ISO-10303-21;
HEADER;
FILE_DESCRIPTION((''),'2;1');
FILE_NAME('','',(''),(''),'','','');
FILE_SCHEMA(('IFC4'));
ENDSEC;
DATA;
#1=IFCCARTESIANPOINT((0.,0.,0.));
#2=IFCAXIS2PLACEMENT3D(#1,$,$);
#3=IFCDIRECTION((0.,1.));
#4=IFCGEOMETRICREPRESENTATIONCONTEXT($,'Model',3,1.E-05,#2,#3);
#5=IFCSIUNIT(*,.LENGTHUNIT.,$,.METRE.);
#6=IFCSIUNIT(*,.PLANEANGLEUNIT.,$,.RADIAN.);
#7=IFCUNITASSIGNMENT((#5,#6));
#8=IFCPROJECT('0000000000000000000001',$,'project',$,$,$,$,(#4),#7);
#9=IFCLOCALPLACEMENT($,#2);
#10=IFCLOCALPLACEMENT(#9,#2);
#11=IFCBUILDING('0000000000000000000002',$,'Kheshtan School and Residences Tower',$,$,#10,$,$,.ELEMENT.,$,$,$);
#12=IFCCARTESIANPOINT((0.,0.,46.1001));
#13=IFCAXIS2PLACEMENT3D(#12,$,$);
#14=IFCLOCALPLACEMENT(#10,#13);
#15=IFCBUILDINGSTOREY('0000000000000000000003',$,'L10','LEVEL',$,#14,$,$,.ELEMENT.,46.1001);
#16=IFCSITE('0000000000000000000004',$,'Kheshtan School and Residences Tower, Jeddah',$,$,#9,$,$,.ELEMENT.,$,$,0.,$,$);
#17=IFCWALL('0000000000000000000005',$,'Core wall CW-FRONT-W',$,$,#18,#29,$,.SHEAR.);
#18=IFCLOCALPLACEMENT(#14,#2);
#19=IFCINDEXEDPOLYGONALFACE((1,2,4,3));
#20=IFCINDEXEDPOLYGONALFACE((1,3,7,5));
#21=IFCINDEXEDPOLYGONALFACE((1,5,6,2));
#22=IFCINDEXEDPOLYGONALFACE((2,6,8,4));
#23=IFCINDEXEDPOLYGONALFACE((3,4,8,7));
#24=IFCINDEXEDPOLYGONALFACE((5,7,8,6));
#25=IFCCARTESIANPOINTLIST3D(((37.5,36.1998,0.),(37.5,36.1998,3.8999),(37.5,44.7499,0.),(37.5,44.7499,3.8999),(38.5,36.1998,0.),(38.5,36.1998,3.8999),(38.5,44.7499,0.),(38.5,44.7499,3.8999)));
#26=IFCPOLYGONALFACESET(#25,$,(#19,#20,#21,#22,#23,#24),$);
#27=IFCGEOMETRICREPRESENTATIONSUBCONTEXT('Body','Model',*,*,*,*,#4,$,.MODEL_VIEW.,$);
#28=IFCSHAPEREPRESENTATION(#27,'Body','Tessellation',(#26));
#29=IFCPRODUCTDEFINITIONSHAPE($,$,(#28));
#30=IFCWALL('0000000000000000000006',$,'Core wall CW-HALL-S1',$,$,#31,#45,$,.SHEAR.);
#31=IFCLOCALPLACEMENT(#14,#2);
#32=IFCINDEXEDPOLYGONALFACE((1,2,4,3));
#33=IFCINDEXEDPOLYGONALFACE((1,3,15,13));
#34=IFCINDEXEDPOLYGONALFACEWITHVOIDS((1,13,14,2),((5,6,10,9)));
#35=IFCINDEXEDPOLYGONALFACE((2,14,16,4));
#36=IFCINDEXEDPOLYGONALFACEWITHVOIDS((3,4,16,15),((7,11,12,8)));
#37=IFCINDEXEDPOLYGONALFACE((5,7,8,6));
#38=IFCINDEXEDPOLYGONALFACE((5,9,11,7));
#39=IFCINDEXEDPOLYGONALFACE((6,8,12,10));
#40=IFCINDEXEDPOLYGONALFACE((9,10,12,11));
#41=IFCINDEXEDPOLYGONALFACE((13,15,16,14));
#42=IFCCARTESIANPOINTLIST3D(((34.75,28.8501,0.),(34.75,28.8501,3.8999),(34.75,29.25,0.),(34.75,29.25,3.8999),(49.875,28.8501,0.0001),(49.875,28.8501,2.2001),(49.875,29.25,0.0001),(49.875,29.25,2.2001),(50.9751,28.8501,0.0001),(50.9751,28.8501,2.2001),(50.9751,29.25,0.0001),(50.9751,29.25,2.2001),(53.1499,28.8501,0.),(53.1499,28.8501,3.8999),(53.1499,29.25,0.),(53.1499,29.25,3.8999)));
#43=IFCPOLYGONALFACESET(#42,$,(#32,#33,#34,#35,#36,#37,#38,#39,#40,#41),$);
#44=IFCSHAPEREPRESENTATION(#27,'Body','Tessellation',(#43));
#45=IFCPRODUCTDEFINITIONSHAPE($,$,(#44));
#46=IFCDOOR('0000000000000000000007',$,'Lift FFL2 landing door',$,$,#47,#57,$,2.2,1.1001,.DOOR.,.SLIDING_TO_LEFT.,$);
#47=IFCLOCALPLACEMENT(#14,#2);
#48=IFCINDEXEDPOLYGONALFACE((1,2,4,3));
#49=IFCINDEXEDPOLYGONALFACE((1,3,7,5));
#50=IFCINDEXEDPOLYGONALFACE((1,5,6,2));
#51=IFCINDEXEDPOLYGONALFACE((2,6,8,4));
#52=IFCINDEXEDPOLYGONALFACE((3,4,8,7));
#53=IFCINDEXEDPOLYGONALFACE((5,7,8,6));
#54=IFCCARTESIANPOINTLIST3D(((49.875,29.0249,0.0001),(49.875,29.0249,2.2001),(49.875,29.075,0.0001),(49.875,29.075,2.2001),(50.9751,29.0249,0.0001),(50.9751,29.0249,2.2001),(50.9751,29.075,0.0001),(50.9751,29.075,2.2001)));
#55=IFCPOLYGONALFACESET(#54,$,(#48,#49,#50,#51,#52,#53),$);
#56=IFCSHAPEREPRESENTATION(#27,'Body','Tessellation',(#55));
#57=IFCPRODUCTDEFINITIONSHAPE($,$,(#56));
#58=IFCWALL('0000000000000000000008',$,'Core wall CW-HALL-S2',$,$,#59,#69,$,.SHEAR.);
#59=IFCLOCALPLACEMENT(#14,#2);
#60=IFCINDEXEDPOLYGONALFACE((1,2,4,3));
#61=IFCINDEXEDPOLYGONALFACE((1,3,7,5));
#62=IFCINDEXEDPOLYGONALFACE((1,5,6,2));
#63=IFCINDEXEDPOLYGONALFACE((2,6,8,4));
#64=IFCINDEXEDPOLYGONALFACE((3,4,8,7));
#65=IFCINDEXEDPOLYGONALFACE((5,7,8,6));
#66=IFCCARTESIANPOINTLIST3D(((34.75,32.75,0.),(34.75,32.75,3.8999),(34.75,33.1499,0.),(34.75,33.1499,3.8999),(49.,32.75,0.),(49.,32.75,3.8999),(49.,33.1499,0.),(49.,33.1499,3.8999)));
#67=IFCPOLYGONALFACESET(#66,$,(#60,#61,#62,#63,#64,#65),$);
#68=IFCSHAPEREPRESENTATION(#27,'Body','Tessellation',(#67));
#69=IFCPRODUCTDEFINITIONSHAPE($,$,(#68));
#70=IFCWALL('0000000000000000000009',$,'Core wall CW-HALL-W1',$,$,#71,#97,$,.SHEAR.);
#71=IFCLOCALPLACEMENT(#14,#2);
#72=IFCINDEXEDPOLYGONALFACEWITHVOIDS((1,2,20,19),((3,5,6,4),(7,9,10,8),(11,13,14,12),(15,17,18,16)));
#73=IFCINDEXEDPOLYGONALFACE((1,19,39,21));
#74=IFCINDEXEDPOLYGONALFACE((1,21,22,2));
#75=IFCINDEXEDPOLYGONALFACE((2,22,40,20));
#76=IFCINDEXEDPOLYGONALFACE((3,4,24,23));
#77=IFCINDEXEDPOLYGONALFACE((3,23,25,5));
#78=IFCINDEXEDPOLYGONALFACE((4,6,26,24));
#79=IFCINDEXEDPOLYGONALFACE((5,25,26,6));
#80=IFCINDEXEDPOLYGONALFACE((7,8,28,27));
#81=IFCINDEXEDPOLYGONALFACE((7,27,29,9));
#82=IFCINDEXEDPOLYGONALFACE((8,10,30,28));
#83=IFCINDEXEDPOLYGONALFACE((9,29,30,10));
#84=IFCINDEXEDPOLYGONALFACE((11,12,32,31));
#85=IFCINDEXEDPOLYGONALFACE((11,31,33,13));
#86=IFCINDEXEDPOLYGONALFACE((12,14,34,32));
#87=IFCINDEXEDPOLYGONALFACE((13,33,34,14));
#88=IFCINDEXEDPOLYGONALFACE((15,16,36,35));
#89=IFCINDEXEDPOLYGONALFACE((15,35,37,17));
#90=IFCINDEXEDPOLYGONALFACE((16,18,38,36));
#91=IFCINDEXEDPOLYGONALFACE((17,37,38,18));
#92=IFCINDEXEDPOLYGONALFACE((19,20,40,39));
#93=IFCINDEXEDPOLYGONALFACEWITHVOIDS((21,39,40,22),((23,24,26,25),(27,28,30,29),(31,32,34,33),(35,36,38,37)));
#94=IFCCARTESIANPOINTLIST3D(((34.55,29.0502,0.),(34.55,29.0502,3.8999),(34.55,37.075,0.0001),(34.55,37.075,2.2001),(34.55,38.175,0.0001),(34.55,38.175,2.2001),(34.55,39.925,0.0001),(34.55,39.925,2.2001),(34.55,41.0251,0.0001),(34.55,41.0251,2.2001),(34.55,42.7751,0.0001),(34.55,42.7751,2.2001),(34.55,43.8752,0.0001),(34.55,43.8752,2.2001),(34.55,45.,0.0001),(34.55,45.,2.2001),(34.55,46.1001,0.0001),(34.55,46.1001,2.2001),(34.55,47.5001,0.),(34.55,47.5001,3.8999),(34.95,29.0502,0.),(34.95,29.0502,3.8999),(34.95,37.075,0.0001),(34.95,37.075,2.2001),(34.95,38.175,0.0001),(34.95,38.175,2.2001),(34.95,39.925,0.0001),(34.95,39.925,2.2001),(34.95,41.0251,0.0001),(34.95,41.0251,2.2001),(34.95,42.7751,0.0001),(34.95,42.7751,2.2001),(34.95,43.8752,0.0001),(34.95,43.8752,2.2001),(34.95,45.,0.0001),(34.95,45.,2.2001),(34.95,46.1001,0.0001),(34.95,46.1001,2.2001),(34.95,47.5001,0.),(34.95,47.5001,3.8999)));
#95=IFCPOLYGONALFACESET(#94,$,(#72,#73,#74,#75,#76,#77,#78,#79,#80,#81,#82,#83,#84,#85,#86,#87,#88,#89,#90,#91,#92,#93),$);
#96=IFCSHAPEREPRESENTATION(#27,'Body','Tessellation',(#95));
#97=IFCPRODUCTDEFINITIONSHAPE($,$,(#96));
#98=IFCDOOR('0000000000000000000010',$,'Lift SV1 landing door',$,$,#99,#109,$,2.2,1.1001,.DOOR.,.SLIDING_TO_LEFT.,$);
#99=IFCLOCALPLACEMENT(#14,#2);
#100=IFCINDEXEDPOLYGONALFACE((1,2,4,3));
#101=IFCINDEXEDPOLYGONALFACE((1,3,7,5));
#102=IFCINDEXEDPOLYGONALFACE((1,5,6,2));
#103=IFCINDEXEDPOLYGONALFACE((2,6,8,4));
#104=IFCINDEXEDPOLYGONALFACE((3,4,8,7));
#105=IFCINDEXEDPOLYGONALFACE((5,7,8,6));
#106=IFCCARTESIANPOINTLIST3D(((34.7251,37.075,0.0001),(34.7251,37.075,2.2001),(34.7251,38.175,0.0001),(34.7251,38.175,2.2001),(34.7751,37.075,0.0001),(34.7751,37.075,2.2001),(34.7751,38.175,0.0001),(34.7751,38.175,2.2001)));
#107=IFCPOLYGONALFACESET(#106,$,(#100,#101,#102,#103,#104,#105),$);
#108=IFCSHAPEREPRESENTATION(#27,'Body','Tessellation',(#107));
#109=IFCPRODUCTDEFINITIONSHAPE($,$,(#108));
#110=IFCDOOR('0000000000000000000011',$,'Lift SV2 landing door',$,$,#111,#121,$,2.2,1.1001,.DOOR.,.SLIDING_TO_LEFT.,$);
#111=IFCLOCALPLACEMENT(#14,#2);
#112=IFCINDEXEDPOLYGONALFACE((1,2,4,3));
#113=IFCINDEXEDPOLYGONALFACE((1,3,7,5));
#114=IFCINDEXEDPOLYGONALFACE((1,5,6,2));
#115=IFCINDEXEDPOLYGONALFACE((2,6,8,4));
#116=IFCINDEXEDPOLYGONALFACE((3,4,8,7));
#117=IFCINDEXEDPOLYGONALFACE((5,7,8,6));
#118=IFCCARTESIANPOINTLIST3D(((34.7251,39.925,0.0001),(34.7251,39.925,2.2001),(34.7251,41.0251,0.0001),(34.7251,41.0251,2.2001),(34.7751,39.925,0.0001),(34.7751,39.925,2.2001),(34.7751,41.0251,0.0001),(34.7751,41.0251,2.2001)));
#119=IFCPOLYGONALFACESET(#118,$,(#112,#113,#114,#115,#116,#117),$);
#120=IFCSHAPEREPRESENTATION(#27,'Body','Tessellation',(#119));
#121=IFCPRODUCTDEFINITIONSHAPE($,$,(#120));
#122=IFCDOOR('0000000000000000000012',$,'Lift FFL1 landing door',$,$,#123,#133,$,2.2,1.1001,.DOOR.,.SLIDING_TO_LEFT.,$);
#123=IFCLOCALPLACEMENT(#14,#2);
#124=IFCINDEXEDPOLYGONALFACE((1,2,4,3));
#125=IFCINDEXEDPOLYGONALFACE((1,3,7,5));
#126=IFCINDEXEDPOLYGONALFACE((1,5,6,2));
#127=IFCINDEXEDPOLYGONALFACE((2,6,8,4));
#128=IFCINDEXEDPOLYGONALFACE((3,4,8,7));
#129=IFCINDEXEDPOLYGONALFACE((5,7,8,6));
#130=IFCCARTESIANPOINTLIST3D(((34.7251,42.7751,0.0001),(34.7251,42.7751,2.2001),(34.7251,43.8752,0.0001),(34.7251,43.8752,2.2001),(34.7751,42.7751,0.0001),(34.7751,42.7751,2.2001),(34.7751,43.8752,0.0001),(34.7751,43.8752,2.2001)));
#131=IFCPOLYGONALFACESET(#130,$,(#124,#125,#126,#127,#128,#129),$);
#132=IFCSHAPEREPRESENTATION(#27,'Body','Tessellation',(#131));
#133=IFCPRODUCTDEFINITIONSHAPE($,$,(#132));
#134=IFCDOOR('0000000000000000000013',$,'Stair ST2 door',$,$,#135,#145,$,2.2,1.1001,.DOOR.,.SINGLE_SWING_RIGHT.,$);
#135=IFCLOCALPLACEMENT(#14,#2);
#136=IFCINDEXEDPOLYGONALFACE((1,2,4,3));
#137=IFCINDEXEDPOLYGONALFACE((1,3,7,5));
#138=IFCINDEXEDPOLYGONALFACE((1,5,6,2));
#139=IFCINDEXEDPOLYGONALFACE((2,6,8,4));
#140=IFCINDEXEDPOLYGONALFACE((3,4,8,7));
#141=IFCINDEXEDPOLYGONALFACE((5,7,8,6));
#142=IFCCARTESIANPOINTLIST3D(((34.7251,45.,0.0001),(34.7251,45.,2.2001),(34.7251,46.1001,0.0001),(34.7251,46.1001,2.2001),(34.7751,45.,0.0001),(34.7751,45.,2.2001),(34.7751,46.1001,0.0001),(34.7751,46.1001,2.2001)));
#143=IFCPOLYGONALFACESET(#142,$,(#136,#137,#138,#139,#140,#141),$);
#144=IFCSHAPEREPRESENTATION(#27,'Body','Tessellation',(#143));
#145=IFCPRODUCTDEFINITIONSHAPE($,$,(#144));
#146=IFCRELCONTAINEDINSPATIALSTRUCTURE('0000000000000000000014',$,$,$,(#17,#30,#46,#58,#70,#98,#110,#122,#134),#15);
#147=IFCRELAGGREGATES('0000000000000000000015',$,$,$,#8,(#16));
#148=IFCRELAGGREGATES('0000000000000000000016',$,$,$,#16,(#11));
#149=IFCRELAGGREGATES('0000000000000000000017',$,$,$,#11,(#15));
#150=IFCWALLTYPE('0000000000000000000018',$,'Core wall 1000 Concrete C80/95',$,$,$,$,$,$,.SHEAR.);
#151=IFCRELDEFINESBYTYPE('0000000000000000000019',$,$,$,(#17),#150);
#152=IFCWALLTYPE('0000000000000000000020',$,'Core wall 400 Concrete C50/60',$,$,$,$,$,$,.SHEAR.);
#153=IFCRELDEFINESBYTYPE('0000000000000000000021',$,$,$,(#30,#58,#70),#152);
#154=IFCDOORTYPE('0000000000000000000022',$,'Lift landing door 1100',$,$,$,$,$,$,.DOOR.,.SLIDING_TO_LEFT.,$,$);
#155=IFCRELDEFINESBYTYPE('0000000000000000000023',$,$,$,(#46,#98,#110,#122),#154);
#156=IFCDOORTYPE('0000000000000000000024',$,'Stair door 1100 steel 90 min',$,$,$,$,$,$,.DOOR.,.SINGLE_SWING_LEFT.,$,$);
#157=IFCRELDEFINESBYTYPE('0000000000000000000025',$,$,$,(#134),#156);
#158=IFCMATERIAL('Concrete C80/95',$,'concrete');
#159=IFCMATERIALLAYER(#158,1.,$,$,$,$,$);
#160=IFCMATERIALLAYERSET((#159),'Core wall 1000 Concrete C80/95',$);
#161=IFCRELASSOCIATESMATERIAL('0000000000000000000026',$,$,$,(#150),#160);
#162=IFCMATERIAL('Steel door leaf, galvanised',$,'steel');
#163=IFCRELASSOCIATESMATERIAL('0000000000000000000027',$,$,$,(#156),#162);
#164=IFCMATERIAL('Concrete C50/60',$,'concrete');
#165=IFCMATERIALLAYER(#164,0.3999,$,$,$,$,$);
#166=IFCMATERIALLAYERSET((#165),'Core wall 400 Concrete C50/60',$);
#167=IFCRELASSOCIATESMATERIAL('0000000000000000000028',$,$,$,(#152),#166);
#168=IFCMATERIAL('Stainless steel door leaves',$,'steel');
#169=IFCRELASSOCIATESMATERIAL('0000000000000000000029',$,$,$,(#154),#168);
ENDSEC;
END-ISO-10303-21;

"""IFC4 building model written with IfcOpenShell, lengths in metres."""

from ifc_helpers import new_model, si_unit, direction, frame, frame_2d, origin, place, context, subcontext, project, spatial, rectangle, extrude, source, transform, mapped, material, layer, layer_set, type_object, element, fill, save


model = new_model("IFC4")

# Units and contexts
model_context = context("Model", 3, precision=1e-05, world=origin(), true_north=direction((0.0, 1.0)))
body_context = subcontext(model_context, "Body", "Model", "MODEL_VIEW")
ifc_project = project(units=[si_unit("LENGTHUNIT", "METRE"), si_unit("PLANEANGLEUNIT", "RADIAN")], contexts=[model_context])

# Site, building, storey
site_placement = place(None, origin())
site = spatial("IfcSite", under=ifc_project, at=site_placement, Name="Kheshtan School and Residences Tower, Jeddah", CompositionType="ELEMENT", RefElevation=0.0)
building_placement = place(site_placement, origin())
building = spatial("IfcBuilding", under=site, at=building_placement, Name="Kheshtan School and Residences Tower", CompositionType="ELEMENT")
storey_placement = place(building_placement, frame((0.0, 0.0, 46.1001)))
storey = spatial("IfcBuildingStorey", under=building, at=storey_placement, Name="L10", Description="LEVEL", CompositionType="ELEMENT", Elevation=46.1001)

# Shared definitions
ifc_material_1 = material(Name="Concrete C80/95", Category="concrete")
ifc_layer_1 = layer(ifc_material_1, 1.0)
ifc_layer_set_1 = layer_set([ifc_layer_1], Name="Core wall 1000 Concrete C80/95")
wall_type_1 = type_object("IfcWallType", Name="Core wall 1000 Concrete C80/95", PredefinedType="SHEAR", material=ifc_layer_set_1)

# Shared definitions
ifc_material_2 = material(Name="Steel door leaf, galvanised", Category="steel")
door_type_1 = type_object("IfcDoorType", Name="Stair door 1100 steel 90 min", OperationType="SINGLE_SWING_LEFT", PredefinedType="DOOR", material=ifc_material_2)

# Wall
wall_1_placement = place(storey_placement, frame((38.0, 36.2, 0.0), z_axis=(0.0, 0.0, 1.0), x_axis=(0.0, 1.0, 0.0)))
element("IfcWall", 1, at=wall_1_placement, inside=storey, type_object=wall_type_1, Name="Core wall CW-FRONT-W", PredefinedType="SHEAR", context=body_context, shape_type="SweptSolid", body=[
    extrude(rectangle(XDim=8.55, YDim=1.0, at=frame_2d((4.2749, 0.0))), origin(), (0.0, 0.0, 1.0), 3.8999),
])

# Wall, opening, door
ifc_material_3 = material(Name="Concrete C50/60", Category="concrete")
ifc_layer_2 = layer(ifc_material_3, 0.3999)
ifc_layer_set_2 = layer_set([ifc_layer_2], Name="Core wall 400 Concrete C50/60")
wall_type_2 = type_object("IfcWallType", Name="Core wall 400 Concrete C50/60", PredefinedType="SHEAR", material=ifc_layer_set_2)
wall_2_placement = place(storey_placement, frame((34.75, 29.05, 0.0), z_axis=(0.0, 0.0, 1.0), x_axis=(1.0, 0.0, 0.0)))
wall_2 = element("IfcWall", 2, at=wall_2_placement, inside=storey, type_object=wall_type_2, Name="Core wall CW-HALL-S1", PredefinedType="SHEAR", context=body_context, shape_type="SweptSolid", body=[
    extrude(rectangle(XDim=18.3999, YDim=0.3999, at=frame_2d((9.2, 0.0))), origin(), (0.0, 0.0, 1.0), 3.8999),
])
opening_1_placement = place(wall_2_placement, frame((15.125, 0.0, 0.0)))
opening_1 = element("IfcOpeningElement", 3, at=opening_1_placement, cuts=wall_2, PredefinedType="OPENING", context=body_context, shape_type="SweptSolid", body=[
    extrude(rectangle(XDim=1.1001, YDim=2.2, at=frame_2d((0.55, 1.1001))), frame((0.0, 0.21, 0.0), z_axis=(0.0, -1.0, 0.0), x_axis=(1.0, 0.0, 0.0)), (0.0, 0.0, 1.0), 0.4199),
])
ifc_material_4 = material(Name="Stainless steel door leaves", Category="steel")
door_type_2 = type_object("IfcDoorType", Name="Lift landing door 1100", OperationType="SLIDING_TO_LEFT", PredefinedType="DOOR", material=ifc_material_4)
shared_shape_1 = source(origin(), body_context, "Body", "SweptSolid", [
    extrude(rectangle(XDim=1.1001, YDim=2.2, at=frame_2d((0.55, 1.1001))), frame((0.0, 0.0249, 0.0), z_axis=(0.0, -1.0, 0.0), x_axis=(1.0, 0.0, 0.0)), (0.0, 0.0, 1.0), 0.05),
])
door_1_placement = place(opening_1_placement, origin())
door_1 = element("IfcDoor", 4, at=door_1_placement, inside=storey, type_object=door_type_2, Name="Lift FFL2 landing door", OperationType="SLIDING_TO_LEFT", OverallHeight=2.2, OverallWidth=1.1001, PredefinedType="DOOR", context=body_context, shape_type="MappedRepresentation", body=[
    mapped(shared_shape_1, transform((0.0, 0.0, 0.0), x_axis=(1.0, 0.0, 0.0), y_axis=(0.0, 1.0, 0.0), z_axis=(0.0, 0.0, 1.0), scale=1.0)),
])
fill(opening_1, door_1)

# Wall
wall_3_placement = place(storey_placement, frame((34.75, 32.95, 0.0), z_axis=(0.0, 0.0, 1.0), x_axis=(1.0, 0.0, 0.0)))
element("IfcWall", 5, at=wall_3_placement, inside=storey, type_object=wall_type_2, Name="Core wall CW-HALL-S2", PredefinedType="SHEAR", context=body_context, shape_type="SweptSolid", body=[
    extrude(rectangle(XDim=14.25, YDim=0.3999, at=frame_2d((7.125, 0.0))), origin(), (0.0, 0.0, 1.0), 3.8999),
])

# Wall, openings, doors
wall_4_placement = place(storey_placement, frame((34.75, 29.05, 0.0), z_axis=(0.0, 0.0, 1.0), x_axis=(0.0, 1.0, 0.0)))
wall_4 = element("IfcWall", 6, at=wall_4_placement, inside=storey, type_object=wall_type_2, Name="Core wall CW-HALL-W1", PredefinedType="SHEAR", context=body_context, shape_type="SweptSolid", body=[
    extrude(rectangle(XDim=18.45, YDim=0.3999, at=frame_2d((9.2251, 0.0))), origin(), (0.0, 0.0, 1.0), 3.8999),
])
opening_2_placement = place(wall_4_placement, frame((8.0249, 0.0, 0.0)))
opening_2 = element("IfcOpeningElement", 7, at=opening_2_placement, cuts=wall_4, PredefinedType="OPENING", context=body_context, shape_type="SweptSolid", body=[
    extrude(rectangle(XDim=1.1001, YDim=2.2, at=frame_2d((0.55, 1.1001))), frame((0.0, 0.21, 0.0), z_axis=(0.0, -1.0, 0.0), x_axis=(1.0, 0.0, 0.0)), (0.0, 0.0, 1.0), 0.4199),
])
opening_3_placement = place(wall_4_placement, frame((10.875, 0.0, 0.0)))
opening_3 = element("IfcOpeningElement", 8, at=opening_3_placement, cuts=wall_4, PredefinedType="OPENING", context=body_context, shape_type="SweptSolid", body=[
    extrude(rectangle(XDim=1.1001, YDim=2.2, at=frame_2d((0.55, 1.1001))), frame((0.0, 0.21, 0.0), z_axis=(0.0, -1.0, 0.0), x_axis=(1.0, 0.0, 0.0)), (0.0, 0.0, 1.0), 0.4199),
])
opening_4_placement = place(wall_4_placement, frame((13.7251, 0.0, 0.0)))
opening_4 = element("IfcOpeningElement", 9, at=opening_4_placement, cuts=wall_4, PredefinedType="OPENING", context=body_context, shape_type="SweptSolid", body=[
    extrude(rectangle(XDim=1.1001, YDim=2.2, at=frame_2d((0.55, 1.1001))), frame((0.0, 0.21, 0.0), z_axis=(0.0, -1.0, 0.0), x_axis=(1.0, 0.0, 0.0)), (0.0, 0.0, 1.0), 0.4199),
])
opening_5_placement = place(wall_4_placement, frame((15.95, 0.0, 0.0)))
opening_5 = element("IfcOpeningElement", 10, at=opening_5_placement, cuts=wall_4, PredefinedType="OPENING", context=body_context, shape_type="SweptSolid", body=[
    extrude(rectangle(XDim=1.1001, YDim=2.2, at=frame_2d((0.55, 1.1001))), frame((0.0, 0.21, 0.0), z_axis=(0.0, -1.0, 0.0), x_axis=(1.0, 0.0, 0.0)), (0.0, 0.0, 1.0), 0.4199),
])
door_2_placement = place(opening_2_placement, origin())
door_2 = element("IfcDoor", 11, at=door_2_placement, inside=storey, type_object=door_type_2, Name="Lift SV1 landing door", OperationType="SLIDING_TO_LEFT", OverallHeight=2.2, OverallWidth=1.1001, PredefinedType="DOOR", context=body_context, shape_type="MappedRepresentation", body=[
    mapped(shared_shape_1, transform((0.0, 0.0, 0.0), x_axis=(1.0, 0.0, 0.0), y_axis=(0.0, 1.0, 0.0), z_axis=(0.0, 0.0, 1.0), scale=1.0)),
])
fill(opening_2, door_2)
door_3_placement = place(opening_3_placement, origin())
door_3 = element("IfcDoor", 12, at=door_3_placement, inside=storey, type_object=door_type_2, Name="Lift SV2 landing door", OperationType="SLIDING_TO_LEFT", OverallHeight=2.2, OverallWidth=1.1001, PredefinedType="DOOR", context=body_context, shape_type="MappedRepresentation", body=[
    mapped(shared_shape_1, transform((0.0, 0.0, 0.0), x_axis=(1.0, 0.0, 0.0), y_axis=(0.0, 1.0, 0.0), z_axis=(0.0, 0.0, 1.0), scale=1.0)),
])
fill(opening_3, door_3)
door_4_placement = place(opening_4_placement, origin())
door_4 = element("IfcDoor", 13, at=door_4_placement, inside=storey, type_object=door_type_2, Name="Lift FFL1 landing door", OperationType="SLIDING_TO_LEFT", OverallHeight=2.2, OverallWidth=1.1001, PredefinedType="DOOR", context=body_context, shape_type="MappedRepresentation", body=[
    mapped(shared_shape_1, transform((0.0, 0.0, 0.0), x_axis=(1.0, 0.0, 0.0), y_axis=(0.0, 1.0, 0.0), z_axis=(0.0, 0.0, 1.0), scale=1.0)),
])
fill(opening_4, door_4)
shared_shape_2 = source(origin(), body_context, "Body", "SweptSolid", [
    extrude(rectangle(XDim=1.1001, YDim=2.2, at=frame_2d((0.55, 1.1001))), frame((0.0, 0.0249, 0.0), z_axis=(0.0, -1.0, 0.0), x_axis=(1.0, 0.0, 0.0)), (0.0, 0.0, 1.0), 0.05),
])
door_5_placement = place(opening_5_placement, origin())
door_5 = element("IfcDoor", 14, at=door_5_placement, inside=storey, type_object=door_type_1, Name="Stair ST2 door", OperationType="SINGLE_SWING_RIGHT", OverallHeight=2.2, OverallWidth=1.1001, PredefinedType="DOOR", context=body_context, shape_type="MappedRepresentation", body=[
    mapped(shared_shape_2, transform((0.0, 0.0, 0.0), x_axis=(1.0, 0.0, 0.0), y_axis=(0.0, 1.0, 0.0), z_axis=(0.0, 0.0, 1.0), scale=1.0)),
])
fill(opening_5, door_5)

save(model, "model.ifc")
